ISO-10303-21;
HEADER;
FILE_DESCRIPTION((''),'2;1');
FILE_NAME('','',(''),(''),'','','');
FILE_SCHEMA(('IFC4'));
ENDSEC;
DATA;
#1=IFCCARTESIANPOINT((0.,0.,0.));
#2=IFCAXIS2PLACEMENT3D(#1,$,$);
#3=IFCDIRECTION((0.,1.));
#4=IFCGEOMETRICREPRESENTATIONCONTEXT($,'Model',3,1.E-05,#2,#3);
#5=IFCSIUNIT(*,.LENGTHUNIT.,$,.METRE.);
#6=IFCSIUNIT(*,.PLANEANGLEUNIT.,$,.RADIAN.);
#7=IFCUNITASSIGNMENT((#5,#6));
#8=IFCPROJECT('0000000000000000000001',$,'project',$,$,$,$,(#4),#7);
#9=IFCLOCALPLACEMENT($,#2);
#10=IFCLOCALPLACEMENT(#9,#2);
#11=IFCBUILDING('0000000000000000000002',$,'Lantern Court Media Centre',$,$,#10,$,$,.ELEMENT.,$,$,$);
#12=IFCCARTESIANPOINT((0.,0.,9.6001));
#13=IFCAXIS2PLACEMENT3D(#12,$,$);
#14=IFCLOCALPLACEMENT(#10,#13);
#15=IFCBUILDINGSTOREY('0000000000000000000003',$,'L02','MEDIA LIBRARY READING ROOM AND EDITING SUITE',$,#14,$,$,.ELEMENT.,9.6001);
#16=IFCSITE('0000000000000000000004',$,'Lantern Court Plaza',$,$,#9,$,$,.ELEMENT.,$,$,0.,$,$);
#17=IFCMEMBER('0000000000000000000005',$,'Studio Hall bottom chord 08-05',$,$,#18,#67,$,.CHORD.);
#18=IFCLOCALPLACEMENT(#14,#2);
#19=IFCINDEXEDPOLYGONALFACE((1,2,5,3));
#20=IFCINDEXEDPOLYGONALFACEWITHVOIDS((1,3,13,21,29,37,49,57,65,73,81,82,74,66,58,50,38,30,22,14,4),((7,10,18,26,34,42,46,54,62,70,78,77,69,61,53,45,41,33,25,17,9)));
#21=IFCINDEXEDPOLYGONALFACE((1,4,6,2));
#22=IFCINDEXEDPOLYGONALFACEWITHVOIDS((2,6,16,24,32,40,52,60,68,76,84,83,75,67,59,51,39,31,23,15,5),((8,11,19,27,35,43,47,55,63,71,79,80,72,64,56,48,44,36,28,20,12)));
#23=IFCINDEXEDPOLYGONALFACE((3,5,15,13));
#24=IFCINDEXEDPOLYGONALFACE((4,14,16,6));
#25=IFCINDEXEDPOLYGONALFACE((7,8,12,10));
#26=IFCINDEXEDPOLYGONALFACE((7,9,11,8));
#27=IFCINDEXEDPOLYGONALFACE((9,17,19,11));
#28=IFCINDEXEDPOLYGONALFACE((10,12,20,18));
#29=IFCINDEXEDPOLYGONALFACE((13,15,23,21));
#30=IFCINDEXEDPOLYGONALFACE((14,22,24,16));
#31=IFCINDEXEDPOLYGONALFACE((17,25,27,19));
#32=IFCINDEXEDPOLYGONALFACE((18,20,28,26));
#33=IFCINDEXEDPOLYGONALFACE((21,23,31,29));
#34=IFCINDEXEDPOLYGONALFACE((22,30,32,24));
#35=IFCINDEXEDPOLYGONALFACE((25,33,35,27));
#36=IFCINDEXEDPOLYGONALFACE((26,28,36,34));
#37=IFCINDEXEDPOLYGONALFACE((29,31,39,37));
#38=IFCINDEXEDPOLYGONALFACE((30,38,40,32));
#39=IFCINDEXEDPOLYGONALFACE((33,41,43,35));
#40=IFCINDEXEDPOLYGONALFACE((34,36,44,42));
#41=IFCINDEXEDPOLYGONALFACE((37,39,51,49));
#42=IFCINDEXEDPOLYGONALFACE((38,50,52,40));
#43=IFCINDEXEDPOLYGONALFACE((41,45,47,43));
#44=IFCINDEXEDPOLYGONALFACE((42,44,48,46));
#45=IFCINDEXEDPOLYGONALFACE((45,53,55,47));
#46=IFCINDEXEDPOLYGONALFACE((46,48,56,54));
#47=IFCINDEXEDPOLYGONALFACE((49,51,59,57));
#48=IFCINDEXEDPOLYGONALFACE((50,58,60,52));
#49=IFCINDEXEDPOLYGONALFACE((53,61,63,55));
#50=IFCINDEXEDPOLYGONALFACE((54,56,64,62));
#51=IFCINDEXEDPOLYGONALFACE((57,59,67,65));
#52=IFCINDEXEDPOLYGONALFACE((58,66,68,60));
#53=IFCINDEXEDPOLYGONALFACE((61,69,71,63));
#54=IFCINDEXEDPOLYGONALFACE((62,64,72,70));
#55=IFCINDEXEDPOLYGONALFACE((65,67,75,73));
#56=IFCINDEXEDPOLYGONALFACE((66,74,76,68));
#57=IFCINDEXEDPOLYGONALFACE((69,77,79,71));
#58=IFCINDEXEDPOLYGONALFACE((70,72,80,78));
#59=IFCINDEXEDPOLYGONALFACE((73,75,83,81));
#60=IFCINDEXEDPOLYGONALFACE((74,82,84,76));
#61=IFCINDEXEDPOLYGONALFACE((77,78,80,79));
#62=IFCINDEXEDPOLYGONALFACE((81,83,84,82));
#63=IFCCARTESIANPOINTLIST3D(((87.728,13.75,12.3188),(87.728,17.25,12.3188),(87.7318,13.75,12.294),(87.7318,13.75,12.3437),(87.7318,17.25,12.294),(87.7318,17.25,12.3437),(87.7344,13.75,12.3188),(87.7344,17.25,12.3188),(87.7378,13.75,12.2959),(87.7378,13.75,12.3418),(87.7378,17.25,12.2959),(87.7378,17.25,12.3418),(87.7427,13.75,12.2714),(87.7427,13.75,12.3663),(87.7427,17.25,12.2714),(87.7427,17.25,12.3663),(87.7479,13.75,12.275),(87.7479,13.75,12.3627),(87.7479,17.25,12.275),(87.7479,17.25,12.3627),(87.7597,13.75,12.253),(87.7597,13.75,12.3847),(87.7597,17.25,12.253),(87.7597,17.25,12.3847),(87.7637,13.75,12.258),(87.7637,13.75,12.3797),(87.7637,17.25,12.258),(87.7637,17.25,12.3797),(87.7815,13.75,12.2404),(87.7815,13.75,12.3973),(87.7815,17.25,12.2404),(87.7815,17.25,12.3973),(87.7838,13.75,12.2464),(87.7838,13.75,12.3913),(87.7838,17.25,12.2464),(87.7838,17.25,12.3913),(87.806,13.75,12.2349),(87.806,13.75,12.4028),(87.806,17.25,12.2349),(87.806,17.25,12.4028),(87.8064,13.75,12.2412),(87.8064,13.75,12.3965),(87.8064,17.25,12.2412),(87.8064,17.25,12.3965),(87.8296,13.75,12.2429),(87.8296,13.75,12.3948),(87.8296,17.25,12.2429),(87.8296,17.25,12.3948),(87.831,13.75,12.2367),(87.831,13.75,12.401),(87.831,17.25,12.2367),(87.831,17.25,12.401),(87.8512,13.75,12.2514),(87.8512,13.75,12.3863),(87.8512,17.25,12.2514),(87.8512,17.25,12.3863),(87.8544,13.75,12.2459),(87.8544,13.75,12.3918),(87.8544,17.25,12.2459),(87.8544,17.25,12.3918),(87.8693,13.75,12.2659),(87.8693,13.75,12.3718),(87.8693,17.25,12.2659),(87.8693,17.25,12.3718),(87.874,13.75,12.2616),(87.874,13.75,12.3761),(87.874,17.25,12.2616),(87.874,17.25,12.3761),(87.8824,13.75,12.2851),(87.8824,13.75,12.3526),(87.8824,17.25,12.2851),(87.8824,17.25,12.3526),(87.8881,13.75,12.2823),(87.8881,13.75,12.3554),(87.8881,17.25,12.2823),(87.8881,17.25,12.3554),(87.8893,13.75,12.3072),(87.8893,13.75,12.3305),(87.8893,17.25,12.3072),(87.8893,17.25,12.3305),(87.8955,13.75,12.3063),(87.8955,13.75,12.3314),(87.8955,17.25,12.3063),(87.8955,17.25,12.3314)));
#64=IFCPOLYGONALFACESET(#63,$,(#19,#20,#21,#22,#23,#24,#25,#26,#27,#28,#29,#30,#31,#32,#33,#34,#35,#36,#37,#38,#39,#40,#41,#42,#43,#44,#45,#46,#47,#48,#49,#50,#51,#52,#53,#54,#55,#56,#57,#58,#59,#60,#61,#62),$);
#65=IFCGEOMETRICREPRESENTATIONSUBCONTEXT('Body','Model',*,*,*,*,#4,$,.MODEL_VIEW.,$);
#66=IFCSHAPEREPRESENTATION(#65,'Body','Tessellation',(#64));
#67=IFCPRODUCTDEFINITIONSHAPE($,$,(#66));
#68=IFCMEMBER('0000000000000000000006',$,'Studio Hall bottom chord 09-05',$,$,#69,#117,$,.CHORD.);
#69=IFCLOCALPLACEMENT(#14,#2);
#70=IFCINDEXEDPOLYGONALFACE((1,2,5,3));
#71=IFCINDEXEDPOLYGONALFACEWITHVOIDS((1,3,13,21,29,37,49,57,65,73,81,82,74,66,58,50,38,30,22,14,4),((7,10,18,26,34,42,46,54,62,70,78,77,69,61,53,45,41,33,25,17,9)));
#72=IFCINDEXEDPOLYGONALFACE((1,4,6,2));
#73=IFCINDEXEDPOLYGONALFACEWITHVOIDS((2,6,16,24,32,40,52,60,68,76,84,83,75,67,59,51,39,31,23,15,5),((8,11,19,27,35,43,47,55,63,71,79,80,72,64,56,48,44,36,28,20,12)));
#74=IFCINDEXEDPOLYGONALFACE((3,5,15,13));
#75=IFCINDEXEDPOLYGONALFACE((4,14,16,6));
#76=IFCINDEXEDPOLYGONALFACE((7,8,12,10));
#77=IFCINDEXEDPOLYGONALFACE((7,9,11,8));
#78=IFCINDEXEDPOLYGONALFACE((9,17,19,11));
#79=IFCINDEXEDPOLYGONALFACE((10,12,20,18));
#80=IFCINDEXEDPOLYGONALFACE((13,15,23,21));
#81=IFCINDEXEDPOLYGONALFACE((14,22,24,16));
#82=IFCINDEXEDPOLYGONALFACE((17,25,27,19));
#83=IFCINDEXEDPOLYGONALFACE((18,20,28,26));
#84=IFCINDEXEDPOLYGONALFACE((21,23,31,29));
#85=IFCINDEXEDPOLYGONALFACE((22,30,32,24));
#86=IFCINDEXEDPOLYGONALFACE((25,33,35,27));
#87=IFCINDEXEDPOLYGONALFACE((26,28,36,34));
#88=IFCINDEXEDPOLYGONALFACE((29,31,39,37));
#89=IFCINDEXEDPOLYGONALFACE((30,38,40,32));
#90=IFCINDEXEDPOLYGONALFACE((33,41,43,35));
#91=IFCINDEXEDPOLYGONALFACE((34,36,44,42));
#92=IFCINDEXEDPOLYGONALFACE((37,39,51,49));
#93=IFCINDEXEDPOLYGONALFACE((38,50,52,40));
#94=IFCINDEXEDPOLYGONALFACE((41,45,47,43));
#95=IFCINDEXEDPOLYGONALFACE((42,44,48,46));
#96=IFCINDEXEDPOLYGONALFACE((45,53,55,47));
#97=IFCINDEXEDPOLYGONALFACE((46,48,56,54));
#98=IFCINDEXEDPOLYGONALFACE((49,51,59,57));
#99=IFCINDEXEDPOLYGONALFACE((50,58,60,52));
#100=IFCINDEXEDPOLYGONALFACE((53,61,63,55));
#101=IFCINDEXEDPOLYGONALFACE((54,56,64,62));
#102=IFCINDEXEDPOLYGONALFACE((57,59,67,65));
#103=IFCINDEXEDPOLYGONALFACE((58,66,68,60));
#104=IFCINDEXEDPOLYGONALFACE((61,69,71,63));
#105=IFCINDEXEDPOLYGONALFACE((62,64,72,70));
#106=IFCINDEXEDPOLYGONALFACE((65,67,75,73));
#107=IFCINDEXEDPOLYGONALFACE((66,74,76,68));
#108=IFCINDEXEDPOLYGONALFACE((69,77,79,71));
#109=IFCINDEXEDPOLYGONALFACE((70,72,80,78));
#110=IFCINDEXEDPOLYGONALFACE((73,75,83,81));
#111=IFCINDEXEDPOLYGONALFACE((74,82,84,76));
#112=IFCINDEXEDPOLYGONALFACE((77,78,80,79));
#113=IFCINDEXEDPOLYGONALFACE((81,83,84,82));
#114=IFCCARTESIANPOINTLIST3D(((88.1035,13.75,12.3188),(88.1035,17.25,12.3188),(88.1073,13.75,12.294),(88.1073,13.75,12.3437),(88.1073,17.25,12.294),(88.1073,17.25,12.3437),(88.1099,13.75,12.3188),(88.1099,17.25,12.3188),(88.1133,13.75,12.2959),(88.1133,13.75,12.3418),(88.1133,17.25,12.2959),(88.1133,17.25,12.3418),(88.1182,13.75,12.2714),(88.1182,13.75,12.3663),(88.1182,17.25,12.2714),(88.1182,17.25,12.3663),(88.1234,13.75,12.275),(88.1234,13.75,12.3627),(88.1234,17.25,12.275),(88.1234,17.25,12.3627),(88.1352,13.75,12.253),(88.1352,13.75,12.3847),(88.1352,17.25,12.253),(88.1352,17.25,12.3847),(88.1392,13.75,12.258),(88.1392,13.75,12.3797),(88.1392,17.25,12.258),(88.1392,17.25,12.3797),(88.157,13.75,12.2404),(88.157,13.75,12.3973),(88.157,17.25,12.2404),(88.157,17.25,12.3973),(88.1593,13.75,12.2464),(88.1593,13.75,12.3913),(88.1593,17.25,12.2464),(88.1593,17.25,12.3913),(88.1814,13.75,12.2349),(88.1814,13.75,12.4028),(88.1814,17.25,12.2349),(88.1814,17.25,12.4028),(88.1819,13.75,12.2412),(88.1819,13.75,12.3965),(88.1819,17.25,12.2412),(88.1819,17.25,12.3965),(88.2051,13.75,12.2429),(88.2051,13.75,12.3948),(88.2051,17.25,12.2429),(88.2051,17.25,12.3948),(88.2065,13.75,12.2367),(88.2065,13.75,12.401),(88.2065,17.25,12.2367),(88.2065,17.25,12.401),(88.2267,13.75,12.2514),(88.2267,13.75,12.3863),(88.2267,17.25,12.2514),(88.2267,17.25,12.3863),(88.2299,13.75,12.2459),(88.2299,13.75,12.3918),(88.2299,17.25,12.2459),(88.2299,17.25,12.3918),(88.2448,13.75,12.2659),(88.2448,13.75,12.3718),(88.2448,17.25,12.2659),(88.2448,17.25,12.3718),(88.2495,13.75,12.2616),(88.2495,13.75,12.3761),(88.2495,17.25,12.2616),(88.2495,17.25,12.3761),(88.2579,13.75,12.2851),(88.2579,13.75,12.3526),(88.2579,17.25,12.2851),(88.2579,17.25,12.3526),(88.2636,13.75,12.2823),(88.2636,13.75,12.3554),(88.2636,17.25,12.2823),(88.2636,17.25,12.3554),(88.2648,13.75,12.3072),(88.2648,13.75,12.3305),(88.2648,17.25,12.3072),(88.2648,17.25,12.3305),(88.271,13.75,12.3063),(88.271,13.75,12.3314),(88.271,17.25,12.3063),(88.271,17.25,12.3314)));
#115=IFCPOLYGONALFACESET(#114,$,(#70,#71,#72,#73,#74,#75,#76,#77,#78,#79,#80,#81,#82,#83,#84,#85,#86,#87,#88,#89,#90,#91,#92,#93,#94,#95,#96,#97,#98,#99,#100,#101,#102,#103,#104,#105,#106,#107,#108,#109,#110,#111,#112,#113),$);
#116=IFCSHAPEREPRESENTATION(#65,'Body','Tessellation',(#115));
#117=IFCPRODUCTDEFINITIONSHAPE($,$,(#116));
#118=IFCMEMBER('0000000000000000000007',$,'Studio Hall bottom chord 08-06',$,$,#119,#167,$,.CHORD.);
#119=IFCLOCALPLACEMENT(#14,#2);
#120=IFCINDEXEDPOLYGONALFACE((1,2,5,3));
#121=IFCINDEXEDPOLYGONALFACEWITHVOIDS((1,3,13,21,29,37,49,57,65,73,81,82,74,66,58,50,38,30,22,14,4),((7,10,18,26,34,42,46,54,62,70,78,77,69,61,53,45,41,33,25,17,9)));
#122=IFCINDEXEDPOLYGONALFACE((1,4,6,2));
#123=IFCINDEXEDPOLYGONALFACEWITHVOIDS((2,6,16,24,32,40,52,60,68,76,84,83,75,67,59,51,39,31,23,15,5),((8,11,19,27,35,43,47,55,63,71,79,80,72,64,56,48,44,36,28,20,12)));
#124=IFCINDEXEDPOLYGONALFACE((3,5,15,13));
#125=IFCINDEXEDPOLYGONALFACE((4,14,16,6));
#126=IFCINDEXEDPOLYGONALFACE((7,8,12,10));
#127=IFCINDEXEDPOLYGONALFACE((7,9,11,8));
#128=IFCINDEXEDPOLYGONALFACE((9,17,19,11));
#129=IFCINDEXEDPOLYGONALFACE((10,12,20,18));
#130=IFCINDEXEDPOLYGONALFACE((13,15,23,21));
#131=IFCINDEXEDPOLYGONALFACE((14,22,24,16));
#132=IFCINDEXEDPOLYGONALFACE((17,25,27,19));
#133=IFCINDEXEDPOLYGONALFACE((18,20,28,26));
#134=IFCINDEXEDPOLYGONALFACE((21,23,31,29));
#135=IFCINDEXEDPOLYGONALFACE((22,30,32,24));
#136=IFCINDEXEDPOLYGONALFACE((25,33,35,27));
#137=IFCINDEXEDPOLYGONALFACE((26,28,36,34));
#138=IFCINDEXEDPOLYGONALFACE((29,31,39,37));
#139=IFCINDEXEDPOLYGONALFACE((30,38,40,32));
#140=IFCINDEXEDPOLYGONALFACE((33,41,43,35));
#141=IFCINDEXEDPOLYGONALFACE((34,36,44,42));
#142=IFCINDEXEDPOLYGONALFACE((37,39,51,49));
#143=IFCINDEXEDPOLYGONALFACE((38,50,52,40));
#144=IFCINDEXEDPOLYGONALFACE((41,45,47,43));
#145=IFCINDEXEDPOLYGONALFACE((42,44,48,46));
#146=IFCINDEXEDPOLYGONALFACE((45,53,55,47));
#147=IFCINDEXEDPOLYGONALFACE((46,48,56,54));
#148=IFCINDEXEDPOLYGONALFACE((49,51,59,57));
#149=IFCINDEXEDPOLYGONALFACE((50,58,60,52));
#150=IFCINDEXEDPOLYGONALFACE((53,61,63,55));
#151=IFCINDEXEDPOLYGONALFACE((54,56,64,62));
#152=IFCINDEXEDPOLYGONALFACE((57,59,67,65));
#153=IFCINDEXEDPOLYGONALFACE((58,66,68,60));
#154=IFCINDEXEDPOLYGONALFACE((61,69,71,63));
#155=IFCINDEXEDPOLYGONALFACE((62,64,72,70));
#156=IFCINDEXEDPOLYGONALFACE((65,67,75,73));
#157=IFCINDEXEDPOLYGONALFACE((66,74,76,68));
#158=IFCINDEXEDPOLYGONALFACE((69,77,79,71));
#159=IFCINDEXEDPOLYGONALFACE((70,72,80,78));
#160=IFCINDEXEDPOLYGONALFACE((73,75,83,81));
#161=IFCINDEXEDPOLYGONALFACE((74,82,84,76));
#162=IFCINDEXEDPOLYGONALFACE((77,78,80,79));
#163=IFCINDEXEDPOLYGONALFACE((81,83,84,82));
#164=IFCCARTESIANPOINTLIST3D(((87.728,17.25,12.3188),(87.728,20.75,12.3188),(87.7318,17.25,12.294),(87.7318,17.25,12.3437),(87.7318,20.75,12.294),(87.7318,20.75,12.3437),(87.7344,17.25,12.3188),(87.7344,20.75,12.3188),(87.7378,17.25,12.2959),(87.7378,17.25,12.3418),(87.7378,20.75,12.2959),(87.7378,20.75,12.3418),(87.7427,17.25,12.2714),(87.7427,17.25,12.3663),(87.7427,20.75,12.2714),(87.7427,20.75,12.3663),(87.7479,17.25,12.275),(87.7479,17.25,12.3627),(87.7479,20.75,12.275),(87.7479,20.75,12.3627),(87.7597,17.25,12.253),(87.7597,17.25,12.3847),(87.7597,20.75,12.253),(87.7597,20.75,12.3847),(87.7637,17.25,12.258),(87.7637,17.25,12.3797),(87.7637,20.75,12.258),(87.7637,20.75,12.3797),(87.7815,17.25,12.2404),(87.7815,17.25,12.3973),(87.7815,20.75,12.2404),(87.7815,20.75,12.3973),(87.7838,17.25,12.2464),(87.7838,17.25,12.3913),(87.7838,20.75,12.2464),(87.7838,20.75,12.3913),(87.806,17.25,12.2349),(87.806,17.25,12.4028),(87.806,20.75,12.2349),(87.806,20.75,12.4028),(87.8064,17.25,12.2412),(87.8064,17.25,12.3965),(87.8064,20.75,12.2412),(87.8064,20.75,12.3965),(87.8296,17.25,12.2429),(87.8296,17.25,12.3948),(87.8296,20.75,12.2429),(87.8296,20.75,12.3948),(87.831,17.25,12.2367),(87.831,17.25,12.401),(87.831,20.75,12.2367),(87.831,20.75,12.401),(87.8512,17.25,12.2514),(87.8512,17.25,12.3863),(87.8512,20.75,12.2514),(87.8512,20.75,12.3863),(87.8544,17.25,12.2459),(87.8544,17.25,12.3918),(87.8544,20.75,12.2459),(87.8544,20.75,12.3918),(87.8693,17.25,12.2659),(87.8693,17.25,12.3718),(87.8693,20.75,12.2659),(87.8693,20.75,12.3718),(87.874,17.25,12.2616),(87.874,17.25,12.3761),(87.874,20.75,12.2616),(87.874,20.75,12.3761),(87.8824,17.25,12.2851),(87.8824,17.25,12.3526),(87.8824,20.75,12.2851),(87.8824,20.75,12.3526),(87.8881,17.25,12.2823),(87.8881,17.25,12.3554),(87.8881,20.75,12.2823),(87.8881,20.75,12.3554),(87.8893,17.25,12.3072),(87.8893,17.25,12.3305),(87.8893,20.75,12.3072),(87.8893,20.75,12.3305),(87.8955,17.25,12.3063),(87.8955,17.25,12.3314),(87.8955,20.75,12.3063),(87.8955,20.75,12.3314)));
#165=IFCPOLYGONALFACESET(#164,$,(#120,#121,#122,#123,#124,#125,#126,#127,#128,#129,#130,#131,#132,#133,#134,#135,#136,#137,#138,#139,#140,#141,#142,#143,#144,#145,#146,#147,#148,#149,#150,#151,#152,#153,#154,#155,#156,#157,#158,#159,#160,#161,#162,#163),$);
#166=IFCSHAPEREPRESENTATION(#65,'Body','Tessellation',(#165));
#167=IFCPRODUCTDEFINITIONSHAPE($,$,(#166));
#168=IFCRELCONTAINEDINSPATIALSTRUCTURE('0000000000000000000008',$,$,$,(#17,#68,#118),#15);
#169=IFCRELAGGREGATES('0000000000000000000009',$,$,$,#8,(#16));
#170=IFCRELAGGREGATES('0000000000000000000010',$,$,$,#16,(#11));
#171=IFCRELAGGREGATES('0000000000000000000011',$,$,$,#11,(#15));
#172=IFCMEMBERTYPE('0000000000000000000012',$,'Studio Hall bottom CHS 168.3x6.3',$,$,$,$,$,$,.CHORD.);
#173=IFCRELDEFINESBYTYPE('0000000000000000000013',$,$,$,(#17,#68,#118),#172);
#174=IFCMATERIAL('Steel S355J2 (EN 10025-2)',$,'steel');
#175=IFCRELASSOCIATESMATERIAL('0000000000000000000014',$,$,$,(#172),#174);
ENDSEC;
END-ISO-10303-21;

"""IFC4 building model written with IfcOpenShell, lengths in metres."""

from ifc_helpers import new_model, si_unit, direction, frame, origin, origin_2d, place, context, subcontext, project, spatial, hollow_circle, extrude, material, material_profile, profile_set, type_object, element, save


model = new_model("IFC4")

# Units and contexts
model_context = context("Model", 3, precision=1e-05, world=origin(), true_north=direction((0.0, 1.0)))
body_context = subcontext(model_context, "Body", "Model", "MODEL_VIEW")
ifc_project = project(units=[si_unit("LENGTHUNIT", "METRE"), si_unit("PLANEANGLEUNIT", "RADIAN")], contexts=[model_context])

# Site, building, storey
site_placement = place(None, origin())
site = spatial("IfcSite", under=ifc_project, at=site_placement, Name="Lantern Court Plaza", CompositionType="ELEMENT", RefElevation=0.0)
building_placement = place(site_placement, origin())
building = spatial("IfcBuilding", under=site, at=building_placement, Name="Lantern Court Media Centre", CompositionType="ELEMENT")
storey_placement = place(building_placement, frame((0.0, 0.0, 9.6001)))
storey = spatial("IfcBuildingStorey", under=building, at=storey_placement, Name="L02", Description="MEDIA LIBRARY READING ROOM AND EDITING SUITE", CompositionType="ELEMENT", Elevation=9.6001)

# Members
ifc_material = material(Name="Steel S355J2 (EN 10025-2)", Category="steel")
ifc_material_profile_1 = material_profile(ifc_material, hollow_circle(Radius=0.0842, WallThickness=0.0063, at=origin_2d()), Name="Studio Hall bottom CHS 168.3x6.3")
ifc_profile_set_1 = profile_set([ifc_material_profile_1], Name="Steel S355J2 (EN 10025-2)")
member_type_1 = type_object("IfcMemberType", Name="Studio Hall bottom CHS 168.3x6.3", PredefinedType="CHORD", material=ifc_profile_set_1)
for number, where, z_axis, x_axis, name in (
    (1, (87.8123, 13.75, 12.3188), (0.0, 1.0, 0.0), (-1.0, 0.0, 0.0), "Studio Hall bottom chord 08-05"),
    (2, (88.1877, 13.75, 12.3188), (0.0, 1.0, 0.0), (-1.0, 0.0, 0.0), "Studio Hall bottom chord 09-05"),
    (3, (87.8123, 17.25, 12.3188), (0.0, 1.0, 0.0), (-1.0, 0.0, 0.0), "Studio Hall bottom chord 08-06"),
):
    element("IfcMember", number, at=place(storey_placement, frame(where, z_axis=z_axis, x_axis=x_axis)), inside=storey, type_object=member_type_1, Name=name, PredefinedType="CHORD", context=body_context, shape_type="SweptSolid", body=[
        extrude(hollow_circle(Radius=0.0842, WallThickness=0.0063, at=origin_2d()), origin(), (0.0, 0.0, 1.0), 3.5),
    ])

save(model, "model.ifc")
